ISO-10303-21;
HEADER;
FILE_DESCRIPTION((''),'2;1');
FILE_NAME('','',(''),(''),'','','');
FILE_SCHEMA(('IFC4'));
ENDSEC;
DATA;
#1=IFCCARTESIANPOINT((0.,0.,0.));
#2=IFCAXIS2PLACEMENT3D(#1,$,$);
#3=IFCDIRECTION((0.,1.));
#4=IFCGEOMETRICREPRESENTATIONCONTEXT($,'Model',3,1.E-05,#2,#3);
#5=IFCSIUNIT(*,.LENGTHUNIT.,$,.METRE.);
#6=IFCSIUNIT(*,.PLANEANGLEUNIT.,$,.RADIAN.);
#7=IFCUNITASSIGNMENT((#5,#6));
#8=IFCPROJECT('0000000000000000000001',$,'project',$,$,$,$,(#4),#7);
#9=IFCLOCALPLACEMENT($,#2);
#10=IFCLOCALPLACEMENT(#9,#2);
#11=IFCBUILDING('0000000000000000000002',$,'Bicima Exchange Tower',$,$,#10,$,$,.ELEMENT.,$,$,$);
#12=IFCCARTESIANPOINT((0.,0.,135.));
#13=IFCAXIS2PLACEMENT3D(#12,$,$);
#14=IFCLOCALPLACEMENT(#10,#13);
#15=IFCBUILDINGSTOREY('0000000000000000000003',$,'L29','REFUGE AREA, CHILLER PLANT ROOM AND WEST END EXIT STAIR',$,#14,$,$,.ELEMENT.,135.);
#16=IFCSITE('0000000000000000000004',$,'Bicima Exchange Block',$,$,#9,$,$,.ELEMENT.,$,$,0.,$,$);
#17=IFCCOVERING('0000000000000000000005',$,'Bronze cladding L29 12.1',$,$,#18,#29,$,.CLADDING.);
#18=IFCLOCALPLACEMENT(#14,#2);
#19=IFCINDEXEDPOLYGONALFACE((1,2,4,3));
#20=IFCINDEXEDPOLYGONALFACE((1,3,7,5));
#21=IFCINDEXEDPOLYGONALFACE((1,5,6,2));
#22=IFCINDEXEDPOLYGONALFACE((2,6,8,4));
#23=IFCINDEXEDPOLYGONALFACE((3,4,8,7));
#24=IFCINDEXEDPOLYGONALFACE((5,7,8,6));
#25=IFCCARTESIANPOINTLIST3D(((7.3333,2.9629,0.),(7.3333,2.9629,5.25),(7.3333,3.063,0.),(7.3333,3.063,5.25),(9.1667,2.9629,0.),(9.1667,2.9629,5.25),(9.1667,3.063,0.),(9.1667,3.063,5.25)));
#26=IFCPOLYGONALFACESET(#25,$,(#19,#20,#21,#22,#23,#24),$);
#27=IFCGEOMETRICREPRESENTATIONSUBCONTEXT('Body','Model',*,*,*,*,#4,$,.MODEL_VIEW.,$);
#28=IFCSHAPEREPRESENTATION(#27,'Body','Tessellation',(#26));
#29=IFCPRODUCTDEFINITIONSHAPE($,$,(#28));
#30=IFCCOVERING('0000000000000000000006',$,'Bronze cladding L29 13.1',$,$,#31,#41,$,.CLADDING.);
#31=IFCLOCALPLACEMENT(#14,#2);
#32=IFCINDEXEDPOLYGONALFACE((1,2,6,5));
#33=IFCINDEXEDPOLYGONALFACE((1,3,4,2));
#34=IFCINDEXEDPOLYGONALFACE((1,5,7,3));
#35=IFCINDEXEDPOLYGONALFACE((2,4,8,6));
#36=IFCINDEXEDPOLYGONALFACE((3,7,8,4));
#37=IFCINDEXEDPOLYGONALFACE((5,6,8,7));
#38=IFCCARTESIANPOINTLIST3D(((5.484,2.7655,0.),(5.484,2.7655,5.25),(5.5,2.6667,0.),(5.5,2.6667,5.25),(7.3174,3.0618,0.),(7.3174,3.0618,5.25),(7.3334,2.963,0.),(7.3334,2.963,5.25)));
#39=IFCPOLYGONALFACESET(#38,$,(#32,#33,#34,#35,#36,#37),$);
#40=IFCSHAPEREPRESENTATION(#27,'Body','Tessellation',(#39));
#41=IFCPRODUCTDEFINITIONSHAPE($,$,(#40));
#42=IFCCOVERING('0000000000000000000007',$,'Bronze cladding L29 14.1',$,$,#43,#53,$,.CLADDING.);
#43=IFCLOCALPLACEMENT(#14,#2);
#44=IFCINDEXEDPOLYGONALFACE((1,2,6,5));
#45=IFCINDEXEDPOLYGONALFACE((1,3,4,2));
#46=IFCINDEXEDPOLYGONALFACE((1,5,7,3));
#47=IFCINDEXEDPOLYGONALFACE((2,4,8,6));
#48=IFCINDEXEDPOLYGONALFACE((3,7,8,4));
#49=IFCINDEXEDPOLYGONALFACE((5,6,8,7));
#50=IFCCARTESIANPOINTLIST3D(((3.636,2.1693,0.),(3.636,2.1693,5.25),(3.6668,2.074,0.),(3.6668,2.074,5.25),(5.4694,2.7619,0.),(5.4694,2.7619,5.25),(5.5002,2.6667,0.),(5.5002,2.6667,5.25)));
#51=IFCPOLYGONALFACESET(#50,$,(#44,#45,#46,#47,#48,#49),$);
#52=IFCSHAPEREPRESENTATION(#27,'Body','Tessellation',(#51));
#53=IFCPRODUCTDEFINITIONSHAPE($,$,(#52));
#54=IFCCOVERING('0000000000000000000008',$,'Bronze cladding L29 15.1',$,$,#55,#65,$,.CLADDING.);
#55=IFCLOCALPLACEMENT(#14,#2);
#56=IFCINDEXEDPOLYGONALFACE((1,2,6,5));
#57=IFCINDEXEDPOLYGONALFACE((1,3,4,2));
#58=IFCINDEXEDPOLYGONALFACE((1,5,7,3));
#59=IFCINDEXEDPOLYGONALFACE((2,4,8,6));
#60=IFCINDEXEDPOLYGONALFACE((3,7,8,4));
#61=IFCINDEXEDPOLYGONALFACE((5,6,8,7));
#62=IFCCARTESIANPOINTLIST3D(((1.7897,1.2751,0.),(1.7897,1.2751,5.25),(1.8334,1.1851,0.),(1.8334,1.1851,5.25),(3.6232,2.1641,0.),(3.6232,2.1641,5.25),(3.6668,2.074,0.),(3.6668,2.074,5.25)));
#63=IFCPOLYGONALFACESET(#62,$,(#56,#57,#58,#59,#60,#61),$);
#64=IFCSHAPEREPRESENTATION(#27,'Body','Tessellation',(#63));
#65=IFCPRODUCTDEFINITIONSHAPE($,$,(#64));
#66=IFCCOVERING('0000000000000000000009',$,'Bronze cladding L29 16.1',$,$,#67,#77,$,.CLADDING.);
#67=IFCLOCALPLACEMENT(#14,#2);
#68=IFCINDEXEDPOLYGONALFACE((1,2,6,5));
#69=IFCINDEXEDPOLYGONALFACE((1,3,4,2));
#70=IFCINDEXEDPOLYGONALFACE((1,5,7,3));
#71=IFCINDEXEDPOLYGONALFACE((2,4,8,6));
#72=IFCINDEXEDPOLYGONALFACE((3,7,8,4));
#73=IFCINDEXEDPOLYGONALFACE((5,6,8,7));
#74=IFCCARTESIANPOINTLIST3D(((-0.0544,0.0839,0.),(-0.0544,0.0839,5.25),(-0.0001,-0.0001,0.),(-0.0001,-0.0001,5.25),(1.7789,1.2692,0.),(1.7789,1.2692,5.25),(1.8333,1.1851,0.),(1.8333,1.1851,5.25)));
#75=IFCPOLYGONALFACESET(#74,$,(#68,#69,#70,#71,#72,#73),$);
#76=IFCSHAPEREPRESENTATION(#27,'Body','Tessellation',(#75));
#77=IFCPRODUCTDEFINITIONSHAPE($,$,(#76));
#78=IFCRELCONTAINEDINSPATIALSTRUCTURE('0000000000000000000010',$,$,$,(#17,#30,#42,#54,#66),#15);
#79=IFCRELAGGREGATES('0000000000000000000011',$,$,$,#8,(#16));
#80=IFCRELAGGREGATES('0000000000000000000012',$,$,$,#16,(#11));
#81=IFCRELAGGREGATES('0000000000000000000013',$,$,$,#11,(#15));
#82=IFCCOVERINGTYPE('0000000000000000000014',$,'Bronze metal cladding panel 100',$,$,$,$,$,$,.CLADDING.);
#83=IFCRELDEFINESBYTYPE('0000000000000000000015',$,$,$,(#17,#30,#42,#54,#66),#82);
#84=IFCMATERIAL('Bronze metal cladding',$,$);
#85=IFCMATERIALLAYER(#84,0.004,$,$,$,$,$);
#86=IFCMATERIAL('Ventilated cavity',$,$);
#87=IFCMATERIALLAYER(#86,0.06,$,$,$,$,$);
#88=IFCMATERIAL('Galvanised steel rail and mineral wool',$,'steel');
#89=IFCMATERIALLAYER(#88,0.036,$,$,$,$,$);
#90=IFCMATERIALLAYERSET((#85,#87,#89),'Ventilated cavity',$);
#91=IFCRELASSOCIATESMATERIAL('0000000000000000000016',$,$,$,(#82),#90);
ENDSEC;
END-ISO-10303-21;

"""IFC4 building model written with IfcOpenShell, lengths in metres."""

from ifc_helpers import new_model, si_unit, direction, frame, origin, origin_2d, place, context, subcontext, project, spatial, rectangle, extrude, material, layer, layer_set, type_object, element, save


model = new_model("IFC4")

# Units and contexts
model_context = context("Model", 3, precision=1e-05, world=origin(), true_north=direction((0.0, 1.0)))
body_context = subcontext(model_context, "Body", "Model", "MODEL_VIEW")
ifc_project = project(units=[si_unit("LENGTHUNIT", "METRE"), si_unit("PLANEANGLEUNIT", "RADIAN")], contexts=[model_context])

# Site, building, storey
site_placement = place(None, origin())
site = spatial("IfcSite", under=ifc_project, at=site_placement, Name="Bicima Exchange Block", CompositionType="ELEMENT", RefElevation=0.0)
building_placement = place(site_placement, origin())
building = spatial("IfcBuilding", under=site, at=building_placement, Name="Bicima Exchange Tower", CompositionType="ELEMENT")
storey_placement = place(building_placement, frame((0.0, 0.0, 135.0)))
storey = spatial("IfcBuildingStorey", under=building, at=storey_placement, Name="L29", Description="REFUGE AREA, CHILLER PLANT ROOM AND WEST END EXIT STAIR", CompositionType="ELEMENT", Elevation=135.0)

# Coverings
ifc_material_1 = material(Name="Bronze metal cladding")
ifc_layer_1 = layer(ifc_material_1, 0.004)
ifc_material_2 = material(Name="Ventilated cavity")
ifc_layer_2 = layer(ifc_material_2, 0.06)
ifc_material_3 = material(Name="Galvanised steel rail and mineral wool", Category="steel")
ifc_layer_3 = layer(ifc_material_3, 0.036)
ifc_layer_set_1 = layer_set([ifc_layer_1, ifc_layer_2, ifc_layer_3], Name="Ventilated cavity")
covering_type = type_object("IfcCoveringType", Name="Bronze metal cladding panel 100", PredefinedType="CLADDING", material=ifc_layer_set_1)
covering_1_placement = place(storey_placement, frame((8.25, 3.0129, 0.0), z_axis=(0.0, 0.0, 1.0), x_axis=(-1.0, 0.0, 0.0)))
element("IfcCovering", 1, at=covering_1_placement, inside=storey, type_object=covering_type, Name="Bronze cladding L29 12.1", PredefinedType="CLADDING", context=body_context, shape_type="SweptSolid", body=[
    extrude(rectangle(XDim=1.8335, YDim=0.1001, at=origin_2d()), origin(), (0.0, 0.0, 1.0), 5.25),
])
covering_2_placement = place(storey_placement, frame((6.4087, 2.8643, 0.0), z_axis=(0.0, 0.0, 1.0), x_axis=(-0.98719, -0.15955, 0.0)))
element("IfcCovering", 2, at=covering_2_placement, inside=storey, type_object=covering_type, Name="Bronze cladding L29 13.1", PredefinedType="CLADDING", context=body_context, shape_type="SweptSolid", body=[
    extrude(rectangle(XDim=1.8572, YDim=0.1001, at=origin_2d()), origin(), (0.0, 0.0, 1.0), 5.25),
])
covering_3_placement = place(storey_placement, frame((4.5681, 2.418, 0.0), z_axis=(0.0, 0.0, 1.0), x_axis=(-0.951525, -0.307573, 0.0)))
element("IfcCovering", 3, at=covering_3_placement, inside=storey, type_object=covering_type, Name="Bronze cladding L29 14.1", PredefinedType="CLADDING", context=body_context, shape_type="SweptSolid", body=[
    extrude(rectangle(XDim=1.9268, YDim=0.1001, at=origin_2d()), origin(), (0.0, 0.0, 1.0), 5.25),
])
covering_4_placement = place(storey_placement, frame((2.7283, 1.6746, 0.0), z_axis=(0.0, 0.0, 1.0), x_axis=(-0.899818, -0.436265, 0.0)))
element("IfcCovering", 4, at=covering_4_placement, inside=storey, type_object=covering_type, Name="Bronze cladding L29 15.1", PredefinedType="CLADDING", context=body_context, shape_type="SweptSolid", body=[
    extrude(rectangle(XDim=2.0376, YDim=0.1001, at=origin_2d()), origin(), (0.0, 0.0, 1.0), 5.25),
])
covering_5_placement = place(storey_placement, frame((0.8894, 0.6345, 0.0), z_axis=(0.0, 0.0, 1.0), x_axis=(-0.83979, -0.542911, 0.0)))
element("IfcCovering", 5, at=covering_5_placement, inside=storey, type_object=covering_type, Name="Bronze cladding L29 16.1", PredefinedType="CLADDING", context=body_context, shape_type="SweptSolid", body=[
    extrude(rectangle(XDim=2.1831, YDim=0.1001, at=origin_2d()), origin(), (0.0, 0.0, 1.0), 5.25),
])

save(model, "model.ifc")
